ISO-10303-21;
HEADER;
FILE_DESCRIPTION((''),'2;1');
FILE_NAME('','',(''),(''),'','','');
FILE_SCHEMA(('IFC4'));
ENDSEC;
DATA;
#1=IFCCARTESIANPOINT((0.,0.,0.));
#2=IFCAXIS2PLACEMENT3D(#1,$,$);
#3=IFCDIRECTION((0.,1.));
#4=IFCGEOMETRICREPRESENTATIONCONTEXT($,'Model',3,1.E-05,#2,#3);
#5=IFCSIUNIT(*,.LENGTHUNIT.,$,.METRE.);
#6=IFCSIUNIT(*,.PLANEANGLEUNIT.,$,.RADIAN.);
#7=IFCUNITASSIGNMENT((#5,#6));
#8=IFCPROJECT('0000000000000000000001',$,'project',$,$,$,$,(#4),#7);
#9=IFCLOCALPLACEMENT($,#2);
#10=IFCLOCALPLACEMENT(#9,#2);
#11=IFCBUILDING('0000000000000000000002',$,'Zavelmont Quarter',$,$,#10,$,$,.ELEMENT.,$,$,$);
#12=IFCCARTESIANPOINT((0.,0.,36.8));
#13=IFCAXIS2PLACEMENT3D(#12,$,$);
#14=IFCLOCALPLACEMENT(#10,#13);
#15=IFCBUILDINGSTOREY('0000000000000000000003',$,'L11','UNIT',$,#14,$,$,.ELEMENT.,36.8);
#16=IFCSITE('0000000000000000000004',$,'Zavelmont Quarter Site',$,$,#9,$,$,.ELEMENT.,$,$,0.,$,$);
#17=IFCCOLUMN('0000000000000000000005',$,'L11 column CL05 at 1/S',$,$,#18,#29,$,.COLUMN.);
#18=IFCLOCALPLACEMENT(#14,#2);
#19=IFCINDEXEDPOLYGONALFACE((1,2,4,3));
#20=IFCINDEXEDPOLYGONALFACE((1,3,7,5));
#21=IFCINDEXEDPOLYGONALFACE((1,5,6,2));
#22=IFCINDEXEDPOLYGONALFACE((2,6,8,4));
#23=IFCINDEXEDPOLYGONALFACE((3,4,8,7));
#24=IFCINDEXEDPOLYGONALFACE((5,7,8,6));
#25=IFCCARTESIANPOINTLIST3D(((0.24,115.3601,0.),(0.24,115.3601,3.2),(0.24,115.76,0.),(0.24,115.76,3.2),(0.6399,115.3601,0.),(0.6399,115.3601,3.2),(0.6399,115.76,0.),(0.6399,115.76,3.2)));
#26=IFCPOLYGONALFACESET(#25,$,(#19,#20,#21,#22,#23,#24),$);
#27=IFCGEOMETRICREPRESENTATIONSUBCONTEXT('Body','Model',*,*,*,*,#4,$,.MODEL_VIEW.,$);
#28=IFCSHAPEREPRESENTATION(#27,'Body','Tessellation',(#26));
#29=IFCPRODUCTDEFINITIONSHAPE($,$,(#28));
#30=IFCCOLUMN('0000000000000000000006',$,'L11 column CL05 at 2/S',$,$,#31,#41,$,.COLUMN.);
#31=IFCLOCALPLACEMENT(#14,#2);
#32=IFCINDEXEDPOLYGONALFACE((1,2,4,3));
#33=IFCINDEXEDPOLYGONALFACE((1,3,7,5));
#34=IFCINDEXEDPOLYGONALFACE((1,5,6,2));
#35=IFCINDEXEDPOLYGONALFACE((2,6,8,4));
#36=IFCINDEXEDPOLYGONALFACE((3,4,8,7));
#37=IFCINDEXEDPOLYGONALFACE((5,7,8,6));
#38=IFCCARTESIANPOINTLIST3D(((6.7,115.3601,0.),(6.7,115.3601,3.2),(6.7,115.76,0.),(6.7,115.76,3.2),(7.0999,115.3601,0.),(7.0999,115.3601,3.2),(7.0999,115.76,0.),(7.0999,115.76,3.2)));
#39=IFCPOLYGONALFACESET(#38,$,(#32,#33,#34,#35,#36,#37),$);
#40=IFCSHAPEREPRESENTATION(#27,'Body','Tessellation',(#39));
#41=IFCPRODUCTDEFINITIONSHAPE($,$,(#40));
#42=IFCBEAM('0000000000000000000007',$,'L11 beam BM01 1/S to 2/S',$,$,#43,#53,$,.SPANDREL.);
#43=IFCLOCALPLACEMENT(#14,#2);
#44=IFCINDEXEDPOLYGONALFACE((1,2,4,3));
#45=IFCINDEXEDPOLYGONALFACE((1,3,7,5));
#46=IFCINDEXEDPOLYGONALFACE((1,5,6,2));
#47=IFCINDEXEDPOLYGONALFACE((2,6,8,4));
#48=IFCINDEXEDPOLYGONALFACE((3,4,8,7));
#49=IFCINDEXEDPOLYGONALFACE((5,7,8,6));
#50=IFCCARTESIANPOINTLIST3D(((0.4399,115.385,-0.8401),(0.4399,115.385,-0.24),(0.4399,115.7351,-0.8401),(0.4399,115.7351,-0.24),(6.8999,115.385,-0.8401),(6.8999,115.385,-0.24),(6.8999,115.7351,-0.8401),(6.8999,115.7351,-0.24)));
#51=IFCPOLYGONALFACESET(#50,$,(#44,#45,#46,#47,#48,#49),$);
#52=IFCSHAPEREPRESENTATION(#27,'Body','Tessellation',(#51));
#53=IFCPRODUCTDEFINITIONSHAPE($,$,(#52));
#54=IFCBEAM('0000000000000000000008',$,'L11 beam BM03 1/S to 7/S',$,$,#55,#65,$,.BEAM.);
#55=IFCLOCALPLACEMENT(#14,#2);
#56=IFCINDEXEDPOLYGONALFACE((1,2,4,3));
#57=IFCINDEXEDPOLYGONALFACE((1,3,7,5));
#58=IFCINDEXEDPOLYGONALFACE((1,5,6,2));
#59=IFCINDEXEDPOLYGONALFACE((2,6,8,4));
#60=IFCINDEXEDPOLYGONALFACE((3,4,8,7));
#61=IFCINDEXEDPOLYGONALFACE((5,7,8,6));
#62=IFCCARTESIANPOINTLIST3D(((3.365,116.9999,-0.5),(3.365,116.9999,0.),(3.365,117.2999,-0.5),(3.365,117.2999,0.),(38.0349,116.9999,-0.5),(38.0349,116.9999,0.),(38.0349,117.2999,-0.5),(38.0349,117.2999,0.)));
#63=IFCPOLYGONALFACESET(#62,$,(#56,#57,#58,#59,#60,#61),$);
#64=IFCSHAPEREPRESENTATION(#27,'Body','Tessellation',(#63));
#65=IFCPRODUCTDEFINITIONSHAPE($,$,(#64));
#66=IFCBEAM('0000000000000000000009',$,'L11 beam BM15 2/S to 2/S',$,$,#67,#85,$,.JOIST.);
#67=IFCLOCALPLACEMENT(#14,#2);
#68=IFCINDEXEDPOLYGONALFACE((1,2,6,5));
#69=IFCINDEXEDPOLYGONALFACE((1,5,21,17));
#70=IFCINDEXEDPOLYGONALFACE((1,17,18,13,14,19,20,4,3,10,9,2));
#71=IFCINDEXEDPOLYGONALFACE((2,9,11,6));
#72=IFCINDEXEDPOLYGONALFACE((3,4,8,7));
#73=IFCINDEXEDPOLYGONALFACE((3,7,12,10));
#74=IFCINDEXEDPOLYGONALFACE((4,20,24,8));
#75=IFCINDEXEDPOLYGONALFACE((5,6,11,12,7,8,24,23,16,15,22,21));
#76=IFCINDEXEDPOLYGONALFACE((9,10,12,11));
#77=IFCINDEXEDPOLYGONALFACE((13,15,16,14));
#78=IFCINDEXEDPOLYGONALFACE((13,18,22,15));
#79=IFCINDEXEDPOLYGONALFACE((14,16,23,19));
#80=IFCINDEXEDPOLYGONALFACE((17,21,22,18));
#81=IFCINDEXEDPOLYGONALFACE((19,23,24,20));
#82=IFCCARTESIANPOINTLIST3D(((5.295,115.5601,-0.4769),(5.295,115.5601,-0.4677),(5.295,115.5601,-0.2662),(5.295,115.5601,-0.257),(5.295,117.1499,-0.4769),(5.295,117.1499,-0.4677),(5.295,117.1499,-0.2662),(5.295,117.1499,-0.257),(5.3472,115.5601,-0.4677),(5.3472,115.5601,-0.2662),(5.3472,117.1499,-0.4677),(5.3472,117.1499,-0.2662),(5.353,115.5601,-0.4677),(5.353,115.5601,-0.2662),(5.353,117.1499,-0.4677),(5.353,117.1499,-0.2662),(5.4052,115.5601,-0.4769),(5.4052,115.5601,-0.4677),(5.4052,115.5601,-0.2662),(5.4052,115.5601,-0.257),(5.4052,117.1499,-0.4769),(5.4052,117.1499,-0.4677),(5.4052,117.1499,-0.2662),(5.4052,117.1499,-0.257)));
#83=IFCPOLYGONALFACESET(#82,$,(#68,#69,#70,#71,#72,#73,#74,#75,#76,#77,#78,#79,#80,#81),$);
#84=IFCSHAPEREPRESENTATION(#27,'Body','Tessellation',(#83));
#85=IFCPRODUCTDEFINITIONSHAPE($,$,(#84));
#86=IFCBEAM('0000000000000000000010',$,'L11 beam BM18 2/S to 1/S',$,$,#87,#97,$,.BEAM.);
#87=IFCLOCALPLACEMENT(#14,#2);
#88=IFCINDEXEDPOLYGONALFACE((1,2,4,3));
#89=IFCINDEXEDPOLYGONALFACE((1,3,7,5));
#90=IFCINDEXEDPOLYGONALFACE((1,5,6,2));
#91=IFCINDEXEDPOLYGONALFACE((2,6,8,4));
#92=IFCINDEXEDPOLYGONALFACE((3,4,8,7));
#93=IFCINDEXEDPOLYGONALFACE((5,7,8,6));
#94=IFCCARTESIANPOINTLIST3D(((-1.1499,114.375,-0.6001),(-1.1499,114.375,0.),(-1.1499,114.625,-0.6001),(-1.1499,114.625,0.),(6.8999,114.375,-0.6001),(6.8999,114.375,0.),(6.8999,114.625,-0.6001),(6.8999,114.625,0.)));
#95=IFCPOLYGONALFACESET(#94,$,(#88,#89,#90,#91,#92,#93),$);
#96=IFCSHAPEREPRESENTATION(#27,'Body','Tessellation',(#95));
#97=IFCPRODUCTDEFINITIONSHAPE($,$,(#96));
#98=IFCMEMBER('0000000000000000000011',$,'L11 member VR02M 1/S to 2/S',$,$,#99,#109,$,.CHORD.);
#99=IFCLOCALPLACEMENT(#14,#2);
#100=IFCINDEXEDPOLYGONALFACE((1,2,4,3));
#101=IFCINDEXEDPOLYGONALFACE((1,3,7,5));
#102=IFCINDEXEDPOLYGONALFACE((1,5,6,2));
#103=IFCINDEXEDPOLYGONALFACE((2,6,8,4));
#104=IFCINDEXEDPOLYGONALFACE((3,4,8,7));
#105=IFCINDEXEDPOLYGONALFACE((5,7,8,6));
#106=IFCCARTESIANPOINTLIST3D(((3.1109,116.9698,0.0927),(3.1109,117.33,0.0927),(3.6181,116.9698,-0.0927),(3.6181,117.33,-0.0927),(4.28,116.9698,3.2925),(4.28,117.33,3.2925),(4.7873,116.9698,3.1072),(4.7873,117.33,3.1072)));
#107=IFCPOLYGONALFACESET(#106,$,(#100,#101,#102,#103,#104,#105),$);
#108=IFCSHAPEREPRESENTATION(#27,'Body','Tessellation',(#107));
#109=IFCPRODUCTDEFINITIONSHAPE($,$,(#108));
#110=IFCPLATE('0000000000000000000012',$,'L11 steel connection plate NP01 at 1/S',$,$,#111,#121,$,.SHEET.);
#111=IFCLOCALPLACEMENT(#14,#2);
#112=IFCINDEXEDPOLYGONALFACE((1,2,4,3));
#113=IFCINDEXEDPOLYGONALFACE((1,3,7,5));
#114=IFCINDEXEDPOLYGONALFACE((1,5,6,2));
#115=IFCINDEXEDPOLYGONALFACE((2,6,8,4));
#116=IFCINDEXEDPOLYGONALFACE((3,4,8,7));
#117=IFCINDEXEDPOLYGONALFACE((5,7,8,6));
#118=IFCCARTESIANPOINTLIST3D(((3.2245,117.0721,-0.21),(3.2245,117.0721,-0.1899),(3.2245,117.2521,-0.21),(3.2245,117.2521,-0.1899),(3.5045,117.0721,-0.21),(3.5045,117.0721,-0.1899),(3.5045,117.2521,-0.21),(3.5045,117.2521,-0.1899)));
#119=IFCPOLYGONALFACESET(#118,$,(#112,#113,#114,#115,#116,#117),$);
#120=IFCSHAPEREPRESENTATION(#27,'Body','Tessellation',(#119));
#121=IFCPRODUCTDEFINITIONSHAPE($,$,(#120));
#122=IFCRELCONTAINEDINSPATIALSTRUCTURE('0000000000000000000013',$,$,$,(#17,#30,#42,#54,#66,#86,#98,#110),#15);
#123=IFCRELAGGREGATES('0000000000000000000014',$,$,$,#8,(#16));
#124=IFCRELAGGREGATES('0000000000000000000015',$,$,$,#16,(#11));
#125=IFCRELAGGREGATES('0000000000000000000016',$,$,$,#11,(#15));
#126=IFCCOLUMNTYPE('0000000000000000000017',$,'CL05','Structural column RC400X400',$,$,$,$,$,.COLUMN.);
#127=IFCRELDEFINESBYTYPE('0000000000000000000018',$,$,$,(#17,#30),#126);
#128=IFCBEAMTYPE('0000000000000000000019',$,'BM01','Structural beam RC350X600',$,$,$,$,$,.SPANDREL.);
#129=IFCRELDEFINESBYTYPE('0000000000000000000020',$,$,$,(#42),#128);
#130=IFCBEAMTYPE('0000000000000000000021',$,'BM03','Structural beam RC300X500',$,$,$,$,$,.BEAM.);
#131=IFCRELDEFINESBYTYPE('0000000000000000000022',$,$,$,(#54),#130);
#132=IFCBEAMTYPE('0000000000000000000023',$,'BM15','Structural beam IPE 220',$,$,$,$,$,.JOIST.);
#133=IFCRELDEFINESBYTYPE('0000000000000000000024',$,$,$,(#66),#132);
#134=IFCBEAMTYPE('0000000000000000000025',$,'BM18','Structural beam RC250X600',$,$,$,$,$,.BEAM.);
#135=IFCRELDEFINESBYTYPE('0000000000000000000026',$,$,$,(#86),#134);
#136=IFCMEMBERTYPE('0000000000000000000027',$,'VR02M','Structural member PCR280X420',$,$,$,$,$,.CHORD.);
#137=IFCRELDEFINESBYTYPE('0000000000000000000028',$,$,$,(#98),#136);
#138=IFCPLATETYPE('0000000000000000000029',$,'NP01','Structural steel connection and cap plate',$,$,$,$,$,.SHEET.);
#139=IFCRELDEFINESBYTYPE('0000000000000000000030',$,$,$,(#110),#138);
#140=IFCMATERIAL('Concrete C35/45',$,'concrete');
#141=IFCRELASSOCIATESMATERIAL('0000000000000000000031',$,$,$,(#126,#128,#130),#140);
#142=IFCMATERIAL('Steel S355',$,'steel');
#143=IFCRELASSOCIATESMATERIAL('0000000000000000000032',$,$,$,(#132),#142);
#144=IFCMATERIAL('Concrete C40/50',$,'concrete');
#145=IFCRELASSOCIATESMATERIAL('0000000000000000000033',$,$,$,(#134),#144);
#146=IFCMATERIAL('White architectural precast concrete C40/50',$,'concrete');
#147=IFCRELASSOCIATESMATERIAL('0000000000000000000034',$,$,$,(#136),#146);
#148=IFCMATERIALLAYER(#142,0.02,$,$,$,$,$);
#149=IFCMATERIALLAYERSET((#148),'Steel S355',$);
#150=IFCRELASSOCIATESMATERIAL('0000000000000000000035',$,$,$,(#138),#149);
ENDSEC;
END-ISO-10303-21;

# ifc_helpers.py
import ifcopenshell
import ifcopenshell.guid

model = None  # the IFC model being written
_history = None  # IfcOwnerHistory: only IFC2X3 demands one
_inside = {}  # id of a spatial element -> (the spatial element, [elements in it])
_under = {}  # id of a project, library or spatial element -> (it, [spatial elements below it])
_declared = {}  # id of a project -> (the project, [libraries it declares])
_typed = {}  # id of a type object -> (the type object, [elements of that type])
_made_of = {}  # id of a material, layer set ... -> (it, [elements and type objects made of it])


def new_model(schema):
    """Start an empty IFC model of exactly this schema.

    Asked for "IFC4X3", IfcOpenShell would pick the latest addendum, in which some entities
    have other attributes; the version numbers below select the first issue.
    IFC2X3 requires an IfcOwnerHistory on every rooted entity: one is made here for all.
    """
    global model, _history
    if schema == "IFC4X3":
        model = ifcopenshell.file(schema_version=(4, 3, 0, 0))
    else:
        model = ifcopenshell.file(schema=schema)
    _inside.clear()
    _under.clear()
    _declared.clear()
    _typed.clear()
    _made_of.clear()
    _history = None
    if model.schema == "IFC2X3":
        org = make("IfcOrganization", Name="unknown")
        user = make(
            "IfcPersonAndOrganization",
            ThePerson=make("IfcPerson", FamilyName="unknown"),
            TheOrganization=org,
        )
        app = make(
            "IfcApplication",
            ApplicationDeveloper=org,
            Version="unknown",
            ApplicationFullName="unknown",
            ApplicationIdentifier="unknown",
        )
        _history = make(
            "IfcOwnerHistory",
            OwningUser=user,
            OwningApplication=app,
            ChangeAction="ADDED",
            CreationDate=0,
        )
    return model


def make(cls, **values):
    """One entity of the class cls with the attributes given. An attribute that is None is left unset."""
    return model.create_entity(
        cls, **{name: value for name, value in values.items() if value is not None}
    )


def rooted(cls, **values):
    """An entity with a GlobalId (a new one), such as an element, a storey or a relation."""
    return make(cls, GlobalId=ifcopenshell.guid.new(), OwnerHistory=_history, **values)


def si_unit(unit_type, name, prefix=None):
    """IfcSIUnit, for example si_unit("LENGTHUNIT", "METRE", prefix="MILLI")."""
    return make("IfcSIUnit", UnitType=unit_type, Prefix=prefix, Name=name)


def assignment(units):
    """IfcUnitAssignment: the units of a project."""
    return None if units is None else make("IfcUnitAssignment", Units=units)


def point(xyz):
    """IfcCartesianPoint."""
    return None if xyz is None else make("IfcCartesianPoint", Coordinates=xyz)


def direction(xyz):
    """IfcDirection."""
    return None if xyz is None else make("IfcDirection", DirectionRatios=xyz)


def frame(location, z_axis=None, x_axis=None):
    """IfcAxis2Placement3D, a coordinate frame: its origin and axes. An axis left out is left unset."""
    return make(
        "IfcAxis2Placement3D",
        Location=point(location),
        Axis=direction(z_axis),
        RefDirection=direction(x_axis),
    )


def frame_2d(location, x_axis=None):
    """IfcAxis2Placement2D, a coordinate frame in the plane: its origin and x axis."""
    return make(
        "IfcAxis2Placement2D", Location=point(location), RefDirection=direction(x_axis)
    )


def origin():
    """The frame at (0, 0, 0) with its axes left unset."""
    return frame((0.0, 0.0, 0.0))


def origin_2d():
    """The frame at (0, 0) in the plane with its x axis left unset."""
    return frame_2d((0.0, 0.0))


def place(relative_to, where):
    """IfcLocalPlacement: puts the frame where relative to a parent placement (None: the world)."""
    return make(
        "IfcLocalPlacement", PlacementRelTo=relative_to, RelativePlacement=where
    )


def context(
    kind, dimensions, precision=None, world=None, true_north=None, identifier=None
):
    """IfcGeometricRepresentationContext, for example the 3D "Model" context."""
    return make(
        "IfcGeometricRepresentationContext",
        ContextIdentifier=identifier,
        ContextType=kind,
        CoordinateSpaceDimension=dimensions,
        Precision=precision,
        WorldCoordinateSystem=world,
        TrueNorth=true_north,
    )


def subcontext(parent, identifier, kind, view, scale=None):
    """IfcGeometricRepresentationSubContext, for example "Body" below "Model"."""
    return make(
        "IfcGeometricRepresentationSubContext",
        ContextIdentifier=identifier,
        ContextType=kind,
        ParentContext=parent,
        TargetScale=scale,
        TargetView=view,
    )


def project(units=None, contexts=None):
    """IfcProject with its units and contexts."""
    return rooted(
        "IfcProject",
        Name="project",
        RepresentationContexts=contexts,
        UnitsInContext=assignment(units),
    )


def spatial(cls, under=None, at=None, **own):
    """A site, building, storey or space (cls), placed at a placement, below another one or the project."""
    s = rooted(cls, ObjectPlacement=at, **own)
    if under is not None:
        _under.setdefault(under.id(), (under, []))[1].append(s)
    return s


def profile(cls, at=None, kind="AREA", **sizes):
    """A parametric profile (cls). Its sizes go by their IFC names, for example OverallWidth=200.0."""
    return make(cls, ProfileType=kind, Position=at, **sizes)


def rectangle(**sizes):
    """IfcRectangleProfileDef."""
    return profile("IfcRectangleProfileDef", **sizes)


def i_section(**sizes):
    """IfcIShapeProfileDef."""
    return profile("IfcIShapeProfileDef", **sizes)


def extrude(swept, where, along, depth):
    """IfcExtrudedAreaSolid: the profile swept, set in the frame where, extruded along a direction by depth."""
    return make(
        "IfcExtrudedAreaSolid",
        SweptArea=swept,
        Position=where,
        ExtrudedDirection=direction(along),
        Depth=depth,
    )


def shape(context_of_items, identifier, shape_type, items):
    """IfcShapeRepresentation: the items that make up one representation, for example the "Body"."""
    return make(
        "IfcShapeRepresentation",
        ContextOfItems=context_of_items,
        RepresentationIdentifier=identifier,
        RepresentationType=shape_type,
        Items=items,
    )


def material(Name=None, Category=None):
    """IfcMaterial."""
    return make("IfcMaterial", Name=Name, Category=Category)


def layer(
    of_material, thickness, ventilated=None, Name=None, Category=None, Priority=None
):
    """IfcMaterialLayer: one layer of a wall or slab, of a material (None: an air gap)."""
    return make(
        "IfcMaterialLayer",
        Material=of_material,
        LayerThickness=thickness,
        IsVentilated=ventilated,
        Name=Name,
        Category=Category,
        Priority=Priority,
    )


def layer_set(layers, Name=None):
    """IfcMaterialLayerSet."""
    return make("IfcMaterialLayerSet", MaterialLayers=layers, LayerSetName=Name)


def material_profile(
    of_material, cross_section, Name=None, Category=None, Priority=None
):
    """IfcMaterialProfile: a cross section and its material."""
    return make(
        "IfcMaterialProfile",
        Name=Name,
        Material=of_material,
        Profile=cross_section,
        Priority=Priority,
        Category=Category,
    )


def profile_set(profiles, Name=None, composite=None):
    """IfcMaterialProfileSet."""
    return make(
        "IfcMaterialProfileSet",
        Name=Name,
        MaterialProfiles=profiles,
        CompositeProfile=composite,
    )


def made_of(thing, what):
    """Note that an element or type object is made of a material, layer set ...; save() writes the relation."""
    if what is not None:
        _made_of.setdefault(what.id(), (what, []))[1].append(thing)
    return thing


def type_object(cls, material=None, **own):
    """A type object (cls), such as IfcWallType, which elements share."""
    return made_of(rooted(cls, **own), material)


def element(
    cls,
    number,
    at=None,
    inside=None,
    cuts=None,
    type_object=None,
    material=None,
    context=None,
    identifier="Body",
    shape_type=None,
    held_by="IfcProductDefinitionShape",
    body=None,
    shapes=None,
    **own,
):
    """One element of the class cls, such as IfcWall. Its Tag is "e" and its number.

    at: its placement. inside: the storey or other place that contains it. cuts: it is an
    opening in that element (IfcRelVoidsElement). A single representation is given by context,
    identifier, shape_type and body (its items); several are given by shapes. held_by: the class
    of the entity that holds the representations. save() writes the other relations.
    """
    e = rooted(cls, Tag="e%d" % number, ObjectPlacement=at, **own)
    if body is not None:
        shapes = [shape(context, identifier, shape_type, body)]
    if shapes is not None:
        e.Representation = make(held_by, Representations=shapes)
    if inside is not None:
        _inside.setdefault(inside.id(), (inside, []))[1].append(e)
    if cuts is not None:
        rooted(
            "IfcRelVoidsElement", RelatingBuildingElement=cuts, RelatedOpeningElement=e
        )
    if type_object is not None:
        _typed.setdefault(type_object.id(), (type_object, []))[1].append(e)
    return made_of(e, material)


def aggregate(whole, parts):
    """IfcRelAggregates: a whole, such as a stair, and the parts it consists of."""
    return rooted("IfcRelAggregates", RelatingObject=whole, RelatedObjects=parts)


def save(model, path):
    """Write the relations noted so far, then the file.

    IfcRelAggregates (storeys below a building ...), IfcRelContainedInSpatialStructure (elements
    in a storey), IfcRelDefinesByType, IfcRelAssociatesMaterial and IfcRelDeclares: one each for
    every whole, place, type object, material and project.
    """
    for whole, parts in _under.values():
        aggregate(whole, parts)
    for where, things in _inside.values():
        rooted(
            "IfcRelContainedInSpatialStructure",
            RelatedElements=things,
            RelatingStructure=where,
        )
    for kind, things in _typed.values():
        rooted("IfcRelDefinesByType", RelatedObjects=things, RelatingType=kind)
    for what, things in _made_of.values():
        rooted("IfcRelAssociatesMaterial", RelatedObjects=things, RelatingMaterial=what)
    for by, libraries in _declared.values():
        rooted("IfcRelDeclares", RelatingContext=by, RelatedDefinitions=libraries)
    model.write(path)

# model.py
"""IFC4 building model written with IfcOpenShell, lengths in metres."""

from ifc_helpers import new_model, si_unit, direction, frame, origin, origin_2d, place, context, subcontext, project, spatial, rectangle, i_section, extrude, material, layer, layer_set, material_profile, profile_set, type_object, element, save


model = new_model("IFC4")

# Units and contexts
model_context = context("Model", 3, precision=1e-05, world=origin(), true_north=direction((0.0, 1.0)))
body_context = subcontext(model_context, "Body", "Model", "MODEL_VIEW")
ifc_project = project(units=[si_unit("LENGTHUNIT", "METRE"), si_unit("PLANEANGLEUNIT", "RADIAN")], contexts=[model_context])

# Site, building, storey
site_placement = place(None, origin())
site = spatial("IfcSite", under=ifc_project, at=site_placement, Name="Zavelmont Quarter Site", CompositionType="ELEMENT", RefElevation=0.0)
building_placement = place(site_placement, origin())
building = spatial("IfcBuilding", under=site, at=building_placement, Name="Zavelmont Quarter", CompositionType="ELEMENT")
storey_placement = place(building_placement, frame((0.0, 0.0, 36.8)))
storey = spatial("IfcBuildingStorey", under=building, at=storey_placement, Name="L11", Description="UNIT", CompositionType="ELEMENT", Elevation=36.8)

# Columns
ifc_material_1 = material(Name="Concrete C35/45", Category="concrete")
ifc_material_profile_1 = material_profile(ifc_material_1, rectangle(XDim=0.3999, YDim=0.3999, at=origin_2d()), Name="RC400X400")
ifc_profile_set_1 = profile_set([ifc_material_profile_1], Name="Concrete C35/45")
column_type = type_object("IfcColumnType", Name="CL05", Description="Structural column RC400X400", PredefinedType="COLUMN", material=ifc_profile_set_1)
for number, where, z_axis, x_axis, name in (
    (1, (0.4399, 115.5601, 0.0), (0.0, 0.0, 1.0), (1.0, 0.0, 0.0), "L11 column CL05 at 1/S"),
    (2, (6.8999, 115.5601, 0.0), (0.0, 0.0, 1.0), (1.0, 0.0, 0.0), "L11 column CL05 at 2/S"),
):
    element("IfcColumn", number, at=place(storey_placement, frame(where, z_axis=z_axis, x_axis=x_axis)), inside=storey, type_object=column_type, Name=name, PredefinedType="COLUMN", context=body_context, shape_type="SweptSolid", body=[
        extrude(rectangle(XDim=0.3999, YDim=0.3999, at=origin_2d()), origin(), (0.0, 0.0, 1.0), 3.2),
    ])

# Beams
ifc_material_profile_2 = material_profile(ifc_material_1, rectangle(XDim=0.3501, YDim=0.6001, at=origin_2d()), Name="RC350X600")
ifc_profile_set_2 = profile_set([ifc_material_profile_2], Name="Concrete C35/45")
beam_type_1 = type_object("IfcBeamType", Name="BM01", Description="Structural beam RC350X600", PredefinedType="SPANDREL", material=ifc_profile_set_2)
beam_1_placement = place(storey_placement, frame((0.4399, 115.5601, -0.54), z_axis=(1.0, 0.0, 0.0), x_axis=(0.0, 1.0, 0.0)))
element("IfcBeam", 3, at=beam_1_placement, inside=storey, type_object=beam_type_1, Name="L11 beam BM01 1/S to 2/S", PredefinedType="SPANDREL", context=body_context, shape_type="SweptSolid", body=[
    extrude(rectangle(XDim=0.3501, YDim=0.6001, at=origin_2d()), origin(), (0.0, 0.0, 1.0), 6.46),
])
ifc_material_profile_3 = material_profile(ifc_material_1, rectangle(XDim=0.3, YDim=0.5, at=origin_2d()), Name="RC300X500")
ifc_profile_set_3 = profile_set([ifc_material_profile_3], Name="Concrete C35/45")
beam_type_2 = type_object("IfcBeamType", Name="BM03", Description="Structural beam RC300X500", PredefinedType="BEAM", material=ifc_profile_set_3)
beam_2_placement = place(storey_placement, frame((3.365, 117.1499, -0.25), z_axis=(1.0, 0.0, 0.0), x_axis=(0.0, 1.0, 0.0)))
element("IfcBeam", 4, at=beam_2_placement, inside=storey, type_object=beam_type_2, Name="L11 beam BM03 1/S to 7/S", PredefinedType="BEAM", context=body_context, shape_type="SweptSolid", body=[
    extrude(rectangle(XDim=0.3, YDim=0.5, at=origin_2d()), origin(), (0.0, 0.0, 1.0), 34.6699),
])
ifc_material_2 = material(Name="Steel S355", Category="steel")
ifc_material_profile_4 = material_profile(ifc_material_2, i_section(OverallWidth=0.1101, OverallDepth=0.22, WebThickness=0.0059, FlangeThickness=0.0093, at=origin_2d()), Name="IPE 220")
ifc_profile_set_4 = profile_set([ifc_material_profile_4], Name="Steel S355")
beam_type_3 = type_object("IfcBeamType", Name="BM15", Description="Structural beam IPE 220", PredefinedType="JOIST", material=ifc_profile_set_4)
beam_3_placement = place(storey_placement, frame((5.3501, 115.5601, -0.3669), z_axis=(0.0, 1.0, 0.0), x_axis=(-1.0, 0.0, 0.0)))
element("IfcBeam", 5, at=beam_3_placement, inside=storey, type_object=beam_type_3, Name="L11 beam BM15 2/S to 2/S", PredefinedType="JOIST", context=body_context, shape_type="SweptSolid", body=[
    extrude(i_section(OverallWidth=0.1101, OverallDepth=0.22, WebThickness=0.0059, FlangeThickness=0.0093, at=origin_2d()), origin(), (0.0, 0.0, 1.0), 1.5898),
])
ifc_material_3 = material(Name="Concrete C40/50", Category="concrete")
ifc_material_profile_5 = material_profile(ifc_material_3, rectangle(XDim=0.25, YDim=0.6001, at=origin_2d()), Name="RC250X600")
ifc_profile_set_5 = profile_set([ifc_material_profile_5], Name="Concrete C40/50")
beam_type_4 = type_object("IfcBeamType", Name="BM18", Description="Structural beam RC250X600", PredefinedType="BEAM", material=ifc_profile_set_5)
beam_4_placement = place(storey_placement, frame((6.8999, 114.5, -0.3), z_axis=(-1.0, 0.0, 0.0), x_axis=(0.0, -1.0, 0.0)))
element("IfcBeam", 6, at=beam_4_placement, inside=storey, type_object=beam_type_4, Name="L11 beam BM18 2/S to 1/S", PredefinedType="BEAM", context=body_context, shape_type="SweptSolid", body=[
    extrude(rectangle(XDim=0.25, YDim=0.6001, at=origin_2d()), origin(), (0.0, 0.0, 1.0), 8.0498),
])

# Member
ifc_material_4 = material(Name="White architectural precast concrete C40/50", Category="concrete")
ifc_material_profile_6 = material_profile(ifc_material_4, rectangle(XDim=0.3601, YDim=0.54, at=origin_2d()), Name="PCR280X420")
ifc_profile_set_6 = profile_set([ifc_material_profile_6], Name="White architectural precast concrete C40/50")
member_type = type_object("IfcMemberType", Name="VR02M", Description="Structural member PCR280X420", PredefinedType="CHORD", material=ifc_profile_set_6)
member_placement = place(storey_placement, frame((3.3645, 117.1499, 0.0), z_axis=(0.343187, 0.0, 0.939267), x_axis=(0.0, 1.0, 0.0)))
element("IfcMember", 7, at=member_placement, inside=storey, type_object=member_type, Name="L11 member VR02M 1/S to 2/S", PredefinedType="CHORD", context=body_context, shape_type="SweptSolid", body=[
    extrude(rectangle(XDim=0.3601, YDim=0.54, at=origin_2d()), origin(), (0.0, 0.0, 1.0), 3.4067),
])

# Plate
ifc_layer_1 = layer(ifc_material_2, 0.02)
ifc_layer_set_1 = layer_set([ifc_layer_1], Name="Steel S355")
plate_type = type_object("IfcPlateType", Name="NP01", Description="Structural steel connection and cap plate", PredefinedType="SHEET", material=ifc_layer_set_1)
plate_placement = place(storey_placement, frame((3.3645, 117.1621, -0.21), z_axis=(0.0, 0.0, 1.0), x_axis=(1.0, 0.0, 0.0)))
element("IfcPlate", 8, at=plate_placement, inside=storey, type_object=plate_type, Name="L11 steel connection plate NP01 at 1/S", PredefinedType="SHEET", context=body_context, shape_type="SweptSolid", body=[
    extrude(rectangle(XDim=0.28, YDim=0.1799, at=origin_2d()), origin(), (0.0, 0.0, 1.0), 0.02),
])

save(model, "model.ifc")
